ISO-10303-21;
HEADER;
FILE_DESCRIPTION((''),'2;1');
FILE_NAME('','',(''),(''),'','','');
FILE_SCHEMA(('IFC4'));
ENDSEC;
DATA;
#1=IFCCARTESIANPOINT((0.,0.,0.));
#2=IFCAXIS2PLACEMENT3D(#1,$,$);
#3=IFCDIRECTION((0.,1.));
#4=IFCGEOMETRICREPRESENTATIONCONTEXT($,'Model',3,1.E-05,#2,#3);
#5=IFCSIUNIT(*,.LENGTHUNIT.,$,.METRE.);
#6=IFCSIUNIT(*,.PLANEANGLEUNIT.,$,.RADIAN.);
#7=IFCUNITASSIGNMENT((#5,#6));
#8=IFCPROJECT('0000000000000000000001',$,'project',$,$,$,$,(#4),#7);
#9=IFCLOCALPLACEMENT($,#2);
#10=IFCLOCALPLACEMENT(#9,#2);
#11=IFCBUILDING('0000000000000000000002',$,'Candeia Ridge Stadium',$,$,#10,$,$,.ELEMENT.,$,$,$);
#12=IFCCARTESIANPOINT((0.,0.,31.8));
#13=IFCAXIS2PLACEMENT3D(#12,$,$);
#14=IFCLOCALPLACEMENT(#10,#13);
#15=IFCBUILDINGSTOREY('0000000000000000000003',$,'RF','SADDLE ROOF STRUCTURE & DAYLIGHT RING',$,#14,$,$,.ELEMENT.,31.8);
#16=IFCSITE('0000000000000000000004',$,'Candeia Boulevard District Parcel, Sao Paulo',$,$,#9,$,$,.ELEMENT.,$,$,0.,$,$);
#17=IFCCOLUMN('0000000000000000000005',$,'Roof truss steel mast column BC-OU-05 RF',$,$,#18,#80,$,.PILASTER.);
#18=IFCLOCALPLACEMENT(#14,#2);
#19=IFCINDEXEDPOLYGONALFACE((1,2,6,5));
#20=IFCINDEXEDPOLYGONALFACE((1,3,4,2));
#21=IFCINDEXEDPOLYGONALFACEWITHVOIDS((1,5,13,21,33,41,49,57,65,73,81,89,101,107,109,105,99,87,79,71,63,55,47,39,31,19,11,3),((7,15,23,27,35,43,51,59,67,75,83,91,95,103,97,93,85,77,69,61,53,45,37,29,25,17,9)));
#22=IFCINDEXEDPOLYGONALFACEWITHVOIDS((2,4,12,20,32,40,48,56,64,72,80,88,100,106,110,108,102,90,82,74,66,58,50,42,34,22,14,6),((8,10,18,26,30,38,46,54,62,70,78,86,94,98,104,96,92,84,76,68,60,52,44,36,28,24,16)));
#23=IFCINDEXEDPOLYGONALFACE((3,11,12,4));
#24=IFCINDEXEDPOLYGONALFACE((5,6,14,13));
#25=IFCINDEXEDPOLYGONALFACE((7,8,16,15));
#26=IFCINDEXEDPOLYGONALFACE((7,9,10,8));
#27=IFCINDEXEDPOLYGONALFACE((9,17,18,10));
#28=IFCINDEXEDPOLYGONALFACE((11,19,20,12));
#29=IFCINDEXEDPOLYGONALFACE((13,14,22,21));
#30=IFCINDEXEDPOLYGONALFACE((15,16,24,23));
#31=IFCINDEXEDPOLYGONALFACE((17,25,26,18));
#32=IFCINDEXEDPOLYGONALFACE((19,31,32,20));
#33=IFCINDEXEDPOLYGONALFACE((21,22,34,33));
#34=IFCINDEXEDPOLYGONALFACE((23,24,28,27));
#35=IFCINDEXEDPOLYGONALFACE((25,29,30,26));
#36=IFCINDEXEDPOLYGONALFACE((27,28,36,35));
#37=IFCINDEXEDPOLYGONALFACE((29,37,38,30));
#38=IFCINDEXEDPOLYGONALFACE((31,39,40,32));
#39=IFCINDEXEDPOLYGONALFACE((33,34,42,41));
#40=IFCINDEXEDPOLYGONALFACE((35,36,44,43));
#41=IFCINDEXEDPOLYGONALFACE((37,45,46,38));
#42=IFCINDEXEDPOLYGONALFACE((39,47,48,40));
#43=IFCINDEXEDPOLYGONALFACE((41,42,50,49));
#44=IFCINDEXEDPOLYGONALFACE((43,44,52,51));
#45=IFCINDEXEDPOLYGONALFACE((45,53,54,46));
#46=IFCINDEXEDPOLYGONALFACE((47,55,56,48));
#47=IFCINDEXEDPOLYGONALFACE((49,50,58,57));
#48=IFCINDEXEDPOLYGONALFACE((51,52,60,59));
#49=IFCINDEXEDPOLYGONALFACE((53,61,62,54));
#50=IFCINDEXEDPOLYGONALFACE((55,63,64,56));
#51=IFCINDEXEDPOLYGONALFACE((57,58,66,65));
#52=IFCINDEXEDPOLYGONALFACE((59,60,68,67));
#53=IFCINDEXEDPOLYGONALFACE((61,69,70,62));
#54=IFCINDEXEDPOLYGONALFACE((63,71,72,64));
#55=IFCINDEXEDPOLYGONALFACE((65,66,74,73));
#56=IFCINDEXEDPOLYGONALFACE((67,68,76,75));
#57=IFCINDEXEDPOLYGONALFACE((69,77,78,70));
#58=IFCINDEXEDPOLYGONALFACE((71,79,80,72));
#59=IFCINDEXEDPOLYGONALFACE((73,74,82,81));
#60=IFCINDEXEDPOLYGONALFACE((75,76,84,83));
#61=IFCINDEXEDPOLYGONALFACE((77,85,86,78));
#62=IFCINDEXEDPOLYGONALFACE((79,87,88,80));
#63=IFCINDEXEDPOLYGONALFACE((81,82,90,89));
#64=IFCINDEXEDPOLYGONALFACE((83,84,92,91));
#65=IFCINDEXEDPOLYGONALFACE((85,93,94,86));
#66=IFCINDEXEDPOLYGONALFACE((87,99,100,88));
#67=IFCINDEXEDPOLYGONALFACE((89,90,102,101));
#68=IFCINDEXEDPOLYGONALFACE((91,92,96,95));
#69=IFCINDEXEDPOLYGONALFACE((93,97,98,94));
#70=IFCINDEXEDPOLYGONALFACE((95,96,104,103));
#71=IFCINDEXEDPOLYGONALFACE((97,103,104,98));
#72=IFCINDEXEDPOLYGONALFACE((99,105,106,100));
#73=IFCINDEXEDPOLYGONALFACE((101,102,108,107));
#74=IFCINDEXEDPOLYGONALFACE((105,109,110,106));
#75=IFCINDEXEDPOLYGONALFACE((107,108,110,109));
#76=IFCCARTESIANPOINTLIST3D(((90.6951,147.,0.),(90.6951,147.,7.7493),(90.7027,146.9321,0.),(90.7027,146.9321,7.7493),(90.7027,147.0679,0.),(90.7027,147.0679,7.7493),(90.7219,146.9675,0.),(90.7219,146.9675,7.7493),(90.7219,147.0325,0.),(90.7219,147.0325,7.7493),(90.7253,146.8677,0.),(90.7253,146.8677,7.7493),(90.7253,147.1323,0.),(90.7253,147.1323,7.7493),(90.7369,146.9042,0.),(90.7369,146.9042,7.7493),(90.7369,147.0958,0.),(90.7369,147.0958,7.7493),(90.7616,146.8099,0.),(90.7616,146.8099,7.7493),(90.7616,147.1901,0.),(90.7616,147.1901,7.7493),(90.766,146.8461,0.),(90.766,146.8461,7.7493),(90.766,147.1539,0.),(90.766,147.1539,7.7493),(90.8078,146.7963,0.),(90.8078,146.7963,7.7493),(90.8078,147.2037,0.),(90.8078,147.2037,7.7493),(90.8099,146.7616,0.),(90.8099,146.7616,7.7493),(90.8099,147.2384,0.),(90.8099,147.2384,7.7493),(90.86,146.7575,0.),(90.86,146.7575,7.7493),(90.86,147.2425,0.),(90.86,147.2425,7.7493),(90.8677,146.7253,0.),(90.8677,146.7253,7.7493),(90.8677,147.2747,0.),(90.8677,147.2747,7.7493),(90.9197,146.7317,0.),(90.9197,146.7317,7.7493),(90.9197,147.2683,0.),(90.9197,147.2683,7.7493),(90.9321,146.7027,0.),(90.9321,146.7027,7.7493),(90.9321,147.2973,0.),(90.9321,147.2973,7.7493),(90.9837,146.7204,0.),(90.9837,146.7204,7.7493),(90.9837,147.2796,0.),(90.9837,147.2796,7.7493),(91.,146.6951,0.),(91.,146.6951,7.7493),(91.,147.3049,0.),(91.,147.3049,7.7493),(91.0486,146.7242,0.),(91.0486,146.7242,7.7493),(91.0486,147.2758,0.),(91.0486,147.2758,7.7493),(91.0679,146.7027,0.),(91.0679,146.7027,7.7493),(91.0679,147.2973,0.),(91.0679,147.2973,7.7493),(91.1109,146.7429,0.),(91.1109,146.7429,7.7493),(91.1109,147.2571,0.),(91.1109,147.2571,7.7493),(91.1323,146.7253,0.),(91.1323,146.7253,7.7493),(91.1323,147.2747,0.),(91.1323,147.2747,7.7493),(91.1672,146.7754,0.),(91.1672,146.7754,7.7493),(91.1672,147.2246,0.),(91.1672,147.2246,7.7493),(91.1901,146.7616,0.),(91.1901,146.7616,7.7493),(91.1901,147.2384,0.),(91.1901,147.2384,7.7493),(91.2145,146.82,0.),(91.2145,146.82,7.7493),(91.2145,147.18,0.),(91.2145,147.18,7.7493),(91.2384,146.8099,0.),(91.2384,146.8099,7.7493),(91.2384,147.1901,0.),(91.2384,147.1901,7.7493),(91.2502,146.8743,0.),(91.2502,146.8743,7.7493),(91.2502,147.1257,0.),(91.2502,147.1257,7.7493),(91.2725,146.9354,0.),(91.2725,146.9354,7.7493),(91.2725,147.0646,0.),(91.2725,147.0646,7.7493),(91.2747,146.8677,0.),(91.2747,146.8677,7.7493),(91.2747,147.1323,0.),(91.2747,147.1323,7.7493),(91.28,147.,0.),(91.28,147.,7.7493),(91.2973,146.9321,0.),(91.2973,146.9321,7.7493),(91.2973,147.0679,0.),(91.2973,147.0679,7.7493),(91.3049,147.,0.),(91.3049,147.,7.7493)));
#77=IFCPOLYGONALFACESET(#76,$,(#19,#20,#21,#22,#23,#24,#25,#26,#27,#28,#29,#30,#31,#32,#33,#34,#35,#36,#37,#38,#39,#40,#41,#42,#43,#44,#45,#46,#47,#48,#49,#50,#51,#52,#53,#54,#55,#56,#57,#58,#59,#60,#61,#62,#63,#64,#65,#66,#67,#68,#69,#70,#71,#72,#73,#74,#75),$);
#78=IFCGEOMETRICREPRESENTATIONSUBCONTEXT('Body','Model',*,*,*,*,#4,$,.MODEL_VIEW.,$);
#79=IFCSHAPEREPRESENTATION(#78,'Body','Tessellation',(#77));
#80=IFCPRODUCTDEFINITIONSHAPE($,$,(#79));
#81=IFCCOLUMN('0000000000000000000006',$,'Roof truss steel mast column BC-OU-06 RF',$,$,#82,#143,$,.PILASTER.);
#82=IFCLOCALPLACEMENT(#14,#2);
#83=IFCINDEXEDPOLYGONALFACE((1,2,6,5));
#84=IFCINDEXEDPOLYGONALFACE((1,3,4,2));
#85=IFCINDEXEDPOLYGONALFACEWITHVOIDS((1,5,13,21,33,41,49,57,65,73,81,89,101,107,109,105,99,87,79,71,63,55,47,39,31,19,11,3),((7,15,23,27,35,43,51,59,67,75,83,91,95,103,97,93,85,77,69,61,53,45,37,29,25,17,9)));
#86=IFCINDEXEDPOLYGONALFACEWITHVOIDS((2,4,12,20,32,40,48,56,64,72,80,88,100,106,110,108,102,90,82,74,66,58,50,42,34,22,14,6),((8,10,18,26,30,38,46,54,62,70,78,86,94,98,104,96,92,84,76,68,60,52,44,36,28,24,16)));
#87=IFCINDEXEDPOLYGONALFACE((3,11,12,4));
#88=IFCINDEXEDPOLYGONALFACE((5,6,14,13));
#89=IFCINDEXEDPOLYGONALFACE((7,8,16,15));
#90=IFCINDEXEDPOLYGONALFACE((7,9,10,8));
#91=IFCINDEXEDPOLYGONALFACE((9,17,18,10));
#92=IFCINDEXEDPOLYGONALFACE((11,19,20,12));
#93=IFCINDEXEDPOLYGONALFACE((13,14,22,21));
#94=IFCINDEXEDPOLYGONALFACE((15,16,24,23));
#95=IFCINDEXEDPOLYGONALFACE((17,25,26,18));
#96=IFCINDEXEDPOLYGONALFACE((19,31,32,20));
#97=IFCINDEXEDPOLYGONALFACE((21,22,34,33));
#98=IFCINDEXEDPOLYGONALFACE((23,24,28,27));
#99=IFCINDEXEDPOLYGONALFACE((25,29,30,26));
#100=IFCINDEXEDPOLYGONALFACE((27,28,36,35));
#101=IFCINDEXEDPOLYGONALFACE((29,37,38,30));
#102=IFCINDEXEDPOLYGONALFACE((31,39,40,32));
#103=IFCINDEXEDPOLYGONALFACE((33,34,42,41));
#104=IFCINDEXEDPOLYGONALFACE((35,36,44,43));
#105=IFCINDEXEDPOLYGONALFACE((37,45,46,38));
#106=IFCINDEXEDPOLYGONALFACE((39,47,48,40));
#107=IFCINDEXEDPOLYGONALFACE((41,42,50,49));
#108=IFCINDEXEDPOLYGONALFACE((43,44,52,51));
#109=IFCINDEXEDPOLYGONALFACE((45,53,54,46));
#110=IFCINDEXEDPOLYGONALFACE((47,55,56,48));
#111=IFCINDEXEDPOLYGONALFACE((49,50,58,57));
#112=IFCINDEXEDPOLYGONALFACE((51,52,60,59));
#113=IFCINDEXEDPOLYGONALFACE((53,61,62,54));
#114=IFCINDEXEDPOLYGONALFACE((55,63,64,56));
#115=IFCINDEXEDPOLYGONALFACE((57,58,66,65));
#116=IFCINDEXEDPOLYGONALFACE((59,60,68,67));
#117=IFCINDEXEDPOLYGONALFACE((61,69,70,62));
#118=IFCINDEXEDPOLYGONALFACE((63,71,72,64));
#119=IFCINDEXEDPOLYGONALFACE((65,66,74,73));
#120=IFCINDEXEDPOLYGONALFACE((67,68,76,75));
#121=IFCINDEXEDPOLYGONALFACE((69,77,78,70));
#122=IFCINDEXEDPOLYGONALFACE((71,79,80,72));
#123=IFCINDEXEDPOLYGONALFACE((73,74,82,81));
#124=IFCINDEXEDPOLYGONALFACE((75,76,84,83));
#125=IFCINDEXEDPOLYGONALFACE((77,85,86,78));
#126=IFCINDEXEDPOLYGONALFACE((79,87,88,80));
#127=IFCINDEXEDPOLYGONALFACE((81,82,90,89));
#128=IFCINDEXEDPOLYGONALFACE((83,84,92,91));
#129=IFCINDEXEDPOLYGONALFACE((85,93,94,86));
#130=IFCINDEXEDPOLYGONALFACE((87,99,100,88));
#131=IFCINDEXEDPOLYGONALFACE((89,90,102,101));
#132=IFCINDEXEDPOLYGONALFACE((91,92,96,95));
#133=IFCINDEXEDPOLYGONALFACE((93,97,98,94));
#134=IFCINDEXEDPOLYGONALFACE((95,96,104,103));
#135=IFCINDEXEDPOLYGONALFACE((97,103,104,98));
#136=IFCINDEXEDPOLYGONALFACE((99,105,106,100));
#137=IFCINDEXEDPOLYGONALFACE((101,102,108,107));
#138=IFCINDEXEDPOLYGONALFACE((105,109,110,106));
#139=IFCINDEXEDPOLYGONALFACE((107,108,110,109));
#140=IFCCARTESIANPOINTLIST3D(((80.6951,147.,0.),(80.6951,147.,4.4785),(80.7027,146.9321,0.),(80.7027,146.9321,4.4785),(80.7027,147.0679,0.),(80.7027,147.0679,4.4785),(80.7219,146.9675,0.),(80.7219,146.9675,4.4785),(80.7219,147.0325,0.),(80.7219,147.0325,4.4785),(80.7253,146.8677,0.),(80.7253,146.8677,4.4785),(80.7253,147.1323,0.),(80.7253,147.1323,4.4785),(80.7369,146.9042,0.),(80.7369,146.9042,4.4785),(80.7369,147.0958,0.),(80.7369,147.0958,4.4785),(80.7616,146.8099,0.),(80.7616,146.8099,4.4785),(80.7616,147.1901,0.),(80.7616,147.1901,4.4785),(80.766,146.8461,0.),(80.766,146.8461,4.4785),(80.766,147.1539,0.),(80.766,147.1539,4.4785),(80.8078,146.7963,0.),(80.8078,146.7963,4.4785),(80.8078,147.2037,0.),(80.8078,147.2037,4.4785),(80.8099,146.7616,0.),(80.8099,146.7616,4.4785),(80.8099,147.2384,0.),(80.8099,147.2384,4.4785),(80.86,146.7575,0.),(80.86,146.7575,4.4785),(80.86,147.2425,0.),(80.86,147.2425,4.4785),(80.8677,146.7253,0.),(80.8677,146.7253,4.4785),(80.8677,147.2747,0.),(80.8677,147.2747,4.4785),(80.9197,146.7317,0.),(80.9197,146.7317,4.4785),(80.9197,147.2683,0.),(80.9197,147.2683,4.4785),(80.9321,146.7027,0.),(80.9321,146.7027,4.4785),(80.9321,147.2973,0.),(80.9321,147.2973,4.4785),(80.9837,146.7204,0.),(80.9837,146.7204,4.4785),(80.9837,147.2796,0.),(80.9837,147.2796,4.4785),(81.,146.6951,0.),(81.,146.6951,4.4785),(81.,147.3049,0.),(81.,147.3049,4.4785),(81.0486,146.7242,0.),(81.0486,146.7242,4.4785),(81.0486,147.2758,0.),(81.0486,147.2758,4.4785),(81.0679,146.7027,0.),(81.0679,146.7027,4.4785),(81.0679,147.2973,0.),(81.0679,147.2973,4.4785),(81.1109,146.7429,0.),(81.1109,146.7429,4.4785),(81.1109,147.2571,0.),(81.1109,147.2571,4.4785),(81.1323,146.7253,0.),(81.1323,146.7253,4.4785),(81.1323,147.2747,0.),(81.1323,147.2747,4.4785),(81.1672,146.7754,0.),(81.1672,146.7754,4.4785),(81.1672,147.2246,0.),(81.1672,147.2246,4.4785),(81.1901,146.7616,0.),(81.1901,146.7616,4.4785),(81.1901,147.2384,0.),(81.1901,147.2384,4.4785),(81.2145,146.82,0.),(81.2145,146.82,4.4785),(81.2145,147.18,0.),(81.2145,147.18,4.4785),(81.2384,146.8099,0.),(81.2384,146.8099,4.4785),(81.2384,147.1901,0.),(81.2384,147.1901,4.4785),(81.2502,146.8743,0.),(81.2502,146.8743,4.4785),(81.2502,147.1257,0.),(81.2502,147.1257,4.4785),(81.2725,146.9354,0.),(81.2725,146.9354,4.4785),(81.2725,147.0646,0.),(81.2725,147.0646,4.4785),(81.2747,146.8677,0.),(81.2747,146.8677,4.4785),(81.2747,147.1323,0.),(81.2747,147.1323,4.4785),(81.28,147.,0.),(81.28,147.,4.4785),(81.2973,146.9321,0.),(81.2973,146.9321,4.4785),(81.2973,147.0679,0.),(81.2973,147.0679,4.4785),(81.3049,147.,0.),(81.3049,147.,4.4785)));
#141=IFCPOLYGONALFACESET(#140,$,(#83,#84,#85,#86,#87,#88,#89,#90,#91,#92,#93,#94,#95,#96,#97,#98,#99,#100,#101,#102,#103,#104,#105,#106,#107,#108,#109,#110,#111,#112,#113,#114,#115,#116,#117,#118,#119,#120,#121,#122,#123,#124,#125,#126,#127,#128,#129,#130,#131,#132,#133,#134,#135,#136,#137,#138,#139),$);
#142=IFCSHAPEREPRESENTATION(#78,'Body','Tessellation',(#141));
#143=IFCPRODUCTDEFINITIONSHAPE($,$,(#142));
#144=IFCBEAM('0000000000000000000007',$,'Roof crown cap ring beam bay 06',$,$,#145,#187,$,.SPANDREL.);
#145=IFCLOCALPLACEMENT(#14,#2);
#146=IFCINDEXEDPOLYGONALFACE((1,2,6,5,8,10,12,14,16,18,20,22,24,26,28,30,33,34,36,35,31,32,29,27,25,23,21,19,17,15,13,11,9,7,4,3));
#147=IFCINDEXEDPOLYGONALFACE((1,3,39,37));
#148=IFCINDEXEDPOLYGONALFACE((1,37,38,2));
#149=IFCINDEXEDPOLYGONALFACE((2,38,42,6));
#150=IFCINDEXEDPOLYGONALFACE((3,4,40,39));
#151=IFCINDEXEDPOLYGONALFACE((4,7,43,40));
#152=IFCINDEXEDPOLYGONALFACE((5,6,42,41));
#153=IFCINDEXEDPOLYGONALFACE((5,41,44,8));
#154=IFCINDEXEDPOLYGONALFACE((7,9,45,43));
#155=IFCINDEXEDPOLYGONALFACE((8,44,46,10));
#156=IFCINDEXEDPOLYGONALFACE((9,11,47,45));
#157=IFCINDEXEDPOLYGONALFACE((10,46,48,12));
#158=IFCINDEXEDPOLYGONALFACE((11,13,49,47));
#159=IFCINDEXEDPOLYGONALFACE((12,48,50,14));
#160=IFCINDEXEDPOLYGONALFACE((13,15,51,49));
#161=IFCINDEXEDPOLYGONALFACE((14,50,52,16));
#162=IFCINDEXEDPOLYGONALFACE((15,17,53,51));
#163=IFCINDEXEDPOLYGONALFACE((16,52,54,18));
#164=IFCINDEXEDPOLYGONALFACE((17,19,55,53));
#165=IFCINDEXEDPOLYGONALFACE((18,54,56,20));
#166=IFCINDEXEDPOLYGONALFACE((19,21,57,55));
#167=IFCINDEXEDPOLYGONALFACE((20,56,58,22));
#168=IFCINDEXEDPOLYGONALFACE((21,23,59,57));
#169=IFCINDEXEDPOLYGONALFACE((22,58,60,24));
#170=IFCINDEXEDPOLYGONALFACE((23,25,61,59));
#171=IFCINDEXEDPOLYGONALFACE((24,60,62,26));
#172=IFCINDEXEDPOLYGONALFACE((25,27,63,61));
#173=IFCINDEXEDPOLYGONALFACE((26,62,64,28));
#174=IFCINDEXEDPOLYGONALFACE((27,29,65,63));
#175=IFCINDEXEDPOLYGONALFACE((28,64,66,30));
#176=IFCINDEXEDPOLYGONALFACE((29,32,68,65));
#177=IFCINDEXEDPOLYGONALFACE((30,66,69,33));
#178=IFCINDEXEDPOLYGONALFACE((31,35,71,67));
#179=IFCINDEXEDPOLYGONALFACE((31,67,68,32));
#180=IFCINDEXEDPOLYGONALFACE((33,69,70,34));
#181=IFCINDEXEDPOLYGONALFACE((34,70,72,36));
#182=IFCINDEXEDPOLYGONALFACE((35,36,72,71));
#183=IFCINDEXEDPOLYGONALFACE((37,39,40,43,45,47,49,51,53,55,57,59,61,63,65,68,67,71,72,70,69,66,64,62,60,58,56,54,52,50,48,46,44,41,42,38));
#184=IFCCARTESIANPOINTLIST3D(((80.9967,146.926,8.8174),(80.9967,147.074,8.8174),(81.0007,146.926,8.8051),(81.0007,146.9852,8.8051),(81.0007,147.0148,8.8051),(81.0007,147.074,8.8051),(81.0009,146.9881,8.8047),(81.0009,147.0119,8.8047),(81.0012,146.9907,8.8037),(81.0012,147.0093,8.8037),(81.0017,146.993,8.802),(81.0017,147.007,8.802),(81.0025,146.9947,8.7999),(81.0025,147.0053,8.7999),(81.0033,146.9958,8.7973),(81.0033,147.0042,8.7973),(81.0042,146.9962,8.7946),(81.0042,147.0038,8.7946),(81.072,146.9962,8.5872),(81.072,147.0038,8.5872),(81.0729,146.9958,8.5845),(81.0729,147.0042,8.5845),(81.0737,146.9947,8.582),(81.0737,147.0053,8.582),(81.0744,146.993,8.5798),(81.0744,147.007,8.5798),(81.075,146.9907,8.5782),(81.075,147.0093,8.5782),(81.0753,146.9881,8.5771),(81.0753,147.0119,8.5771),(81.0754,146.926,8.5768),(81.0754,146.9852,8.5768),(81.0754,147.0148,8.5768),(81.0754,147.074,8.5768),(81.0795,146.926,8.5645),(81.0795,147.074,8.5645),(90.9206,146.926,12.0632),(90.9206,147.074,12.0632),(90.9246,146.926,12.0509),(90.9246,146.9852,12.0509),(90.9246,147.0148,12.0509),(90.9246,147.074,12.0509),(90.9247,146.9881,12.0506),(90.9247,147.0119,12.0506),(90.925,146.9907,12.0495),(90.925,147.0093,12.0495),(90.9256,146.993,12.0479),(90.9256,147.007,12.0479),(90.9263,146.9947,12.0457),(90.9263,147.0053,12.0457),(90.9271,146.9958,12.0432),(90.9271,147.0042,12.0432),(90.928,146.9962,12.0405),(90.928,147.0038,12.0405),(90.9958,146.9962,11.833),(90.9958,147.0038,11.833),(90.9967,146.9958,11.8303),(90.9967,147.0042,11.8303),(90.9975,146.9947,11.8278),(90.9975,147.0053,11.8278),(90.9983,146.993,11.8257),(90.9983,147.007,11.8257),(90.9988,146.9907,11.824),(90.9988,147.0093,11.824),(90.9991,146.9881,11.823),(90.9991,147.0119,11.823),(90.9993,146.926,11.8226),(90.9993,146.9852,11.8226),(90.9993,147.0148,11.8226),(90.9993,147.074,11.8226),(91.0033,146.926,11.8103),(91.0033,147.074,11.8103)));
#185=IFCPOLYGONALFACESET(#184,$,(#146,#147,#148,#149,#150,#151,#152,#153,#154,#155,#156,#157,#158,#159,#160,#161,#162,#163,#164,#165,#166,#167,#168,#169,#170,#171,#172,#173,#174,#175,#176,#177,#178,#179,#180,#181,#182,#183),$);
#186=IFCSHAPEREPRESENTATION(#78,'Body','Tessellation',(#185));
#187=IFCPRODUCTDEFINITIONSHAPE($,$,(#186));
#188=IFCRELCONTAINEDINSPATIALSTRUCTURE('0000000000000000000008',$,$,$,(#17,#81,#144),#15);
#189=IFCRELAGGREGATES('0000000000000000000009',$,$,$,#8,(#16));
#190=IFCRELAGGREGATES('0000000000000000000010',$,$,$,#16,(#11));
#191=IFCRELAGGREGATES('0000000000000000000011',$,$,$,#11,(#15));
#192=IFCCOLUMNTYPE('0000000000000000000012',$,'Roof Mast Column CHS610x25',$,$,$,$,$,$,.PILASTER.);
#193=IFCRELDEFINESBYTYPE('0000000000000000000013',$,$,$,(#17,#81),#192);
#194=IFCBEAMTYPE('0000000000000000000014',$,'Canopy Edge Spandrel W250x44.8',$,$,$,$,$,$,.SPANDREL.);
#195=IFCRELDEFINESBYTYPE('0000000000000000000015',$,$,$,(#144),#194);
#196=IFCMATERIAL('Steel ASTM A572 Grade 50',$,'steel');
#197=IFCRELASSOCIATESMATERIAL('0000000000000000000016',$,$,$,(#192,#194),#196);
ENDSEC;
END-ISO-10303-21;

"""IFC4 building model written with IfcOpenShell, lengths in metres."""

from ifc_helpers import new_model, si_unit, direction, frame, origin, origin_2d, place, context, subcontext, project, spatial, hollow_circle, i_section, extrude, material, material_profile, profile_set, type_object, element, save


model = new_model("IFC4")

# Units and contexts
model_context = context("Model", 3, precision=1e-05, world=origin(), true_north=direction((0.0, 1.0)))
body_context = subcontext(model_context, "Body", "Model", "MODEL_VIEW")
ifc_project = project(units=[si_unit("LENGTHUNIT", "METRE"), si_unit("PLANEANGLEUNIT", "RADIAN")], contexts=[model_context])

# Site, building, storey
site_placement = place(None, origin())
site = spatial("IfcSite", under=ifc_project, at=site_placement, Name="Candeia Boulevard District Parcel, Sao Paulo", CompositionType="ELEMENT", RefElevation=0.0)
building_placement = place(site_placement, origin())
building = spatial("IfcBuilding", under=site, at=building_placement, Name="Candeia Ridge Stadium", CompositionType="ELEMENT")
storey_placement = place(building_placement, frame((0.0, 0.0, 31.8)))
storey = spatial("IfcBuildingStorey", under=building, at=storey_placement, Name="RF", Description="SADDLE ROOF STRUCTURE & DAYLIGHT RING", CompositionType="ELEMENT", Elevation=31.8)

# Columns
ifc_material_1 = material(Name="Steel ASTM A572 Grade 50", Category="steel")
ifc_material_profile_1 = material_profile(ifc_material_1, hollow_circle(Radius=0.3049, WallThickness=0.0249, at=origin_2d()), Name="CHS610x25", Category="steel")
ifc_profile_set_1 = profile_set([ifc_material_profile_1], Name="Steel ASTM A572 Grade 50")
column_type = type_object("IfcColumnType", Name="Roof Mast Column CHS610x25", PredefinedType="PILASTER", material=ifc_profile_set_1)
column_1_placement = place(storey_placement, frame((91.0, 147.0, 0.0), z_axis=(0.0, 0.0, 1.0), x_axis=(1.0, 0.0, 0.0)))
element("IfcColumn", 1, at=column_1_placement, inside=storey, type_object=column_type, Name="Roof truss steel mast column BC-OU-05 RF", PredefinedType="PILASTER", context=body_context, shape_type="SweptSolid", body=[
    extrude(hollow_circle(Radius=0.3049, WallThickness=0.0249, at=origin_2d()), origin(), (0.0, 0.0, 1.0), 7.7493),
])
column_2_placement = place(storey_placement, frame((81.0, 147.0, 0.0), z_axis=(0.0, 0.0, 1.0), x_axis=(1.0, 0.0, 0.0)))
element("IfcColumn", 2, at=column_2_placement, inside=storey, type_object=column_type, Name="Roof truss steel mast column BC-OU-06 RF", PredefinedType="PILASTER", context=body_context, shape_type="SweptSolid", body=[
    extrude(hollow_circle(Radius=0.3049, WallThickness=0.0249, at=origin_2d()), origin(), (0.0, 0.0, 1.0), 4.4785),
])

# Beam
ifc_material_profile_2 = material_profile(ifc_material_1, i_section(OverallWidth=0.1479, OverallDepth=0.2661, WebThickness=0.0076, FlangeThickness=0.0129, FilletRadius=0.011, at=origin_2d()), Name="W250x44.8", Category="steel")
ifc_profile_set_2 = profile_set([ifc_material_profile_2], Name="Steel ASTM A572 Grade 50")
beam_type_1 = type_object("IfcBeamType", Name="Canopy Edge Spandrel W250x44.8", PredefinedType="SPANDREL", material=ifc_profile_set_2)
beam_1_placement = place(storey_placement, frame((90.9619, 147.0, 11.9368), z_axis=(-0.950452, 0.0, -0.31087), x_axis=(0.0, -1.0, 0.0)))
element("IfcBeam", 3, at=beam_1_placement, inside=storey, type_object=beam_type_1, Name="Roof crown cap ring beam bay 06", PredefinedType="SPANDREL", context=body_context, shape_type="SweptSolid", body=[
    extrude(i_section(OverallWidth=0.1479, OverallDepth=0.2661, WebThickness=0.0076, FlangeThickness=0.0129, FilletRadius=0.011, at=origin_2d()), origin(), (0.0, 0.0, 1.0), 10.4412),
])

save(model, "model.ifc")
